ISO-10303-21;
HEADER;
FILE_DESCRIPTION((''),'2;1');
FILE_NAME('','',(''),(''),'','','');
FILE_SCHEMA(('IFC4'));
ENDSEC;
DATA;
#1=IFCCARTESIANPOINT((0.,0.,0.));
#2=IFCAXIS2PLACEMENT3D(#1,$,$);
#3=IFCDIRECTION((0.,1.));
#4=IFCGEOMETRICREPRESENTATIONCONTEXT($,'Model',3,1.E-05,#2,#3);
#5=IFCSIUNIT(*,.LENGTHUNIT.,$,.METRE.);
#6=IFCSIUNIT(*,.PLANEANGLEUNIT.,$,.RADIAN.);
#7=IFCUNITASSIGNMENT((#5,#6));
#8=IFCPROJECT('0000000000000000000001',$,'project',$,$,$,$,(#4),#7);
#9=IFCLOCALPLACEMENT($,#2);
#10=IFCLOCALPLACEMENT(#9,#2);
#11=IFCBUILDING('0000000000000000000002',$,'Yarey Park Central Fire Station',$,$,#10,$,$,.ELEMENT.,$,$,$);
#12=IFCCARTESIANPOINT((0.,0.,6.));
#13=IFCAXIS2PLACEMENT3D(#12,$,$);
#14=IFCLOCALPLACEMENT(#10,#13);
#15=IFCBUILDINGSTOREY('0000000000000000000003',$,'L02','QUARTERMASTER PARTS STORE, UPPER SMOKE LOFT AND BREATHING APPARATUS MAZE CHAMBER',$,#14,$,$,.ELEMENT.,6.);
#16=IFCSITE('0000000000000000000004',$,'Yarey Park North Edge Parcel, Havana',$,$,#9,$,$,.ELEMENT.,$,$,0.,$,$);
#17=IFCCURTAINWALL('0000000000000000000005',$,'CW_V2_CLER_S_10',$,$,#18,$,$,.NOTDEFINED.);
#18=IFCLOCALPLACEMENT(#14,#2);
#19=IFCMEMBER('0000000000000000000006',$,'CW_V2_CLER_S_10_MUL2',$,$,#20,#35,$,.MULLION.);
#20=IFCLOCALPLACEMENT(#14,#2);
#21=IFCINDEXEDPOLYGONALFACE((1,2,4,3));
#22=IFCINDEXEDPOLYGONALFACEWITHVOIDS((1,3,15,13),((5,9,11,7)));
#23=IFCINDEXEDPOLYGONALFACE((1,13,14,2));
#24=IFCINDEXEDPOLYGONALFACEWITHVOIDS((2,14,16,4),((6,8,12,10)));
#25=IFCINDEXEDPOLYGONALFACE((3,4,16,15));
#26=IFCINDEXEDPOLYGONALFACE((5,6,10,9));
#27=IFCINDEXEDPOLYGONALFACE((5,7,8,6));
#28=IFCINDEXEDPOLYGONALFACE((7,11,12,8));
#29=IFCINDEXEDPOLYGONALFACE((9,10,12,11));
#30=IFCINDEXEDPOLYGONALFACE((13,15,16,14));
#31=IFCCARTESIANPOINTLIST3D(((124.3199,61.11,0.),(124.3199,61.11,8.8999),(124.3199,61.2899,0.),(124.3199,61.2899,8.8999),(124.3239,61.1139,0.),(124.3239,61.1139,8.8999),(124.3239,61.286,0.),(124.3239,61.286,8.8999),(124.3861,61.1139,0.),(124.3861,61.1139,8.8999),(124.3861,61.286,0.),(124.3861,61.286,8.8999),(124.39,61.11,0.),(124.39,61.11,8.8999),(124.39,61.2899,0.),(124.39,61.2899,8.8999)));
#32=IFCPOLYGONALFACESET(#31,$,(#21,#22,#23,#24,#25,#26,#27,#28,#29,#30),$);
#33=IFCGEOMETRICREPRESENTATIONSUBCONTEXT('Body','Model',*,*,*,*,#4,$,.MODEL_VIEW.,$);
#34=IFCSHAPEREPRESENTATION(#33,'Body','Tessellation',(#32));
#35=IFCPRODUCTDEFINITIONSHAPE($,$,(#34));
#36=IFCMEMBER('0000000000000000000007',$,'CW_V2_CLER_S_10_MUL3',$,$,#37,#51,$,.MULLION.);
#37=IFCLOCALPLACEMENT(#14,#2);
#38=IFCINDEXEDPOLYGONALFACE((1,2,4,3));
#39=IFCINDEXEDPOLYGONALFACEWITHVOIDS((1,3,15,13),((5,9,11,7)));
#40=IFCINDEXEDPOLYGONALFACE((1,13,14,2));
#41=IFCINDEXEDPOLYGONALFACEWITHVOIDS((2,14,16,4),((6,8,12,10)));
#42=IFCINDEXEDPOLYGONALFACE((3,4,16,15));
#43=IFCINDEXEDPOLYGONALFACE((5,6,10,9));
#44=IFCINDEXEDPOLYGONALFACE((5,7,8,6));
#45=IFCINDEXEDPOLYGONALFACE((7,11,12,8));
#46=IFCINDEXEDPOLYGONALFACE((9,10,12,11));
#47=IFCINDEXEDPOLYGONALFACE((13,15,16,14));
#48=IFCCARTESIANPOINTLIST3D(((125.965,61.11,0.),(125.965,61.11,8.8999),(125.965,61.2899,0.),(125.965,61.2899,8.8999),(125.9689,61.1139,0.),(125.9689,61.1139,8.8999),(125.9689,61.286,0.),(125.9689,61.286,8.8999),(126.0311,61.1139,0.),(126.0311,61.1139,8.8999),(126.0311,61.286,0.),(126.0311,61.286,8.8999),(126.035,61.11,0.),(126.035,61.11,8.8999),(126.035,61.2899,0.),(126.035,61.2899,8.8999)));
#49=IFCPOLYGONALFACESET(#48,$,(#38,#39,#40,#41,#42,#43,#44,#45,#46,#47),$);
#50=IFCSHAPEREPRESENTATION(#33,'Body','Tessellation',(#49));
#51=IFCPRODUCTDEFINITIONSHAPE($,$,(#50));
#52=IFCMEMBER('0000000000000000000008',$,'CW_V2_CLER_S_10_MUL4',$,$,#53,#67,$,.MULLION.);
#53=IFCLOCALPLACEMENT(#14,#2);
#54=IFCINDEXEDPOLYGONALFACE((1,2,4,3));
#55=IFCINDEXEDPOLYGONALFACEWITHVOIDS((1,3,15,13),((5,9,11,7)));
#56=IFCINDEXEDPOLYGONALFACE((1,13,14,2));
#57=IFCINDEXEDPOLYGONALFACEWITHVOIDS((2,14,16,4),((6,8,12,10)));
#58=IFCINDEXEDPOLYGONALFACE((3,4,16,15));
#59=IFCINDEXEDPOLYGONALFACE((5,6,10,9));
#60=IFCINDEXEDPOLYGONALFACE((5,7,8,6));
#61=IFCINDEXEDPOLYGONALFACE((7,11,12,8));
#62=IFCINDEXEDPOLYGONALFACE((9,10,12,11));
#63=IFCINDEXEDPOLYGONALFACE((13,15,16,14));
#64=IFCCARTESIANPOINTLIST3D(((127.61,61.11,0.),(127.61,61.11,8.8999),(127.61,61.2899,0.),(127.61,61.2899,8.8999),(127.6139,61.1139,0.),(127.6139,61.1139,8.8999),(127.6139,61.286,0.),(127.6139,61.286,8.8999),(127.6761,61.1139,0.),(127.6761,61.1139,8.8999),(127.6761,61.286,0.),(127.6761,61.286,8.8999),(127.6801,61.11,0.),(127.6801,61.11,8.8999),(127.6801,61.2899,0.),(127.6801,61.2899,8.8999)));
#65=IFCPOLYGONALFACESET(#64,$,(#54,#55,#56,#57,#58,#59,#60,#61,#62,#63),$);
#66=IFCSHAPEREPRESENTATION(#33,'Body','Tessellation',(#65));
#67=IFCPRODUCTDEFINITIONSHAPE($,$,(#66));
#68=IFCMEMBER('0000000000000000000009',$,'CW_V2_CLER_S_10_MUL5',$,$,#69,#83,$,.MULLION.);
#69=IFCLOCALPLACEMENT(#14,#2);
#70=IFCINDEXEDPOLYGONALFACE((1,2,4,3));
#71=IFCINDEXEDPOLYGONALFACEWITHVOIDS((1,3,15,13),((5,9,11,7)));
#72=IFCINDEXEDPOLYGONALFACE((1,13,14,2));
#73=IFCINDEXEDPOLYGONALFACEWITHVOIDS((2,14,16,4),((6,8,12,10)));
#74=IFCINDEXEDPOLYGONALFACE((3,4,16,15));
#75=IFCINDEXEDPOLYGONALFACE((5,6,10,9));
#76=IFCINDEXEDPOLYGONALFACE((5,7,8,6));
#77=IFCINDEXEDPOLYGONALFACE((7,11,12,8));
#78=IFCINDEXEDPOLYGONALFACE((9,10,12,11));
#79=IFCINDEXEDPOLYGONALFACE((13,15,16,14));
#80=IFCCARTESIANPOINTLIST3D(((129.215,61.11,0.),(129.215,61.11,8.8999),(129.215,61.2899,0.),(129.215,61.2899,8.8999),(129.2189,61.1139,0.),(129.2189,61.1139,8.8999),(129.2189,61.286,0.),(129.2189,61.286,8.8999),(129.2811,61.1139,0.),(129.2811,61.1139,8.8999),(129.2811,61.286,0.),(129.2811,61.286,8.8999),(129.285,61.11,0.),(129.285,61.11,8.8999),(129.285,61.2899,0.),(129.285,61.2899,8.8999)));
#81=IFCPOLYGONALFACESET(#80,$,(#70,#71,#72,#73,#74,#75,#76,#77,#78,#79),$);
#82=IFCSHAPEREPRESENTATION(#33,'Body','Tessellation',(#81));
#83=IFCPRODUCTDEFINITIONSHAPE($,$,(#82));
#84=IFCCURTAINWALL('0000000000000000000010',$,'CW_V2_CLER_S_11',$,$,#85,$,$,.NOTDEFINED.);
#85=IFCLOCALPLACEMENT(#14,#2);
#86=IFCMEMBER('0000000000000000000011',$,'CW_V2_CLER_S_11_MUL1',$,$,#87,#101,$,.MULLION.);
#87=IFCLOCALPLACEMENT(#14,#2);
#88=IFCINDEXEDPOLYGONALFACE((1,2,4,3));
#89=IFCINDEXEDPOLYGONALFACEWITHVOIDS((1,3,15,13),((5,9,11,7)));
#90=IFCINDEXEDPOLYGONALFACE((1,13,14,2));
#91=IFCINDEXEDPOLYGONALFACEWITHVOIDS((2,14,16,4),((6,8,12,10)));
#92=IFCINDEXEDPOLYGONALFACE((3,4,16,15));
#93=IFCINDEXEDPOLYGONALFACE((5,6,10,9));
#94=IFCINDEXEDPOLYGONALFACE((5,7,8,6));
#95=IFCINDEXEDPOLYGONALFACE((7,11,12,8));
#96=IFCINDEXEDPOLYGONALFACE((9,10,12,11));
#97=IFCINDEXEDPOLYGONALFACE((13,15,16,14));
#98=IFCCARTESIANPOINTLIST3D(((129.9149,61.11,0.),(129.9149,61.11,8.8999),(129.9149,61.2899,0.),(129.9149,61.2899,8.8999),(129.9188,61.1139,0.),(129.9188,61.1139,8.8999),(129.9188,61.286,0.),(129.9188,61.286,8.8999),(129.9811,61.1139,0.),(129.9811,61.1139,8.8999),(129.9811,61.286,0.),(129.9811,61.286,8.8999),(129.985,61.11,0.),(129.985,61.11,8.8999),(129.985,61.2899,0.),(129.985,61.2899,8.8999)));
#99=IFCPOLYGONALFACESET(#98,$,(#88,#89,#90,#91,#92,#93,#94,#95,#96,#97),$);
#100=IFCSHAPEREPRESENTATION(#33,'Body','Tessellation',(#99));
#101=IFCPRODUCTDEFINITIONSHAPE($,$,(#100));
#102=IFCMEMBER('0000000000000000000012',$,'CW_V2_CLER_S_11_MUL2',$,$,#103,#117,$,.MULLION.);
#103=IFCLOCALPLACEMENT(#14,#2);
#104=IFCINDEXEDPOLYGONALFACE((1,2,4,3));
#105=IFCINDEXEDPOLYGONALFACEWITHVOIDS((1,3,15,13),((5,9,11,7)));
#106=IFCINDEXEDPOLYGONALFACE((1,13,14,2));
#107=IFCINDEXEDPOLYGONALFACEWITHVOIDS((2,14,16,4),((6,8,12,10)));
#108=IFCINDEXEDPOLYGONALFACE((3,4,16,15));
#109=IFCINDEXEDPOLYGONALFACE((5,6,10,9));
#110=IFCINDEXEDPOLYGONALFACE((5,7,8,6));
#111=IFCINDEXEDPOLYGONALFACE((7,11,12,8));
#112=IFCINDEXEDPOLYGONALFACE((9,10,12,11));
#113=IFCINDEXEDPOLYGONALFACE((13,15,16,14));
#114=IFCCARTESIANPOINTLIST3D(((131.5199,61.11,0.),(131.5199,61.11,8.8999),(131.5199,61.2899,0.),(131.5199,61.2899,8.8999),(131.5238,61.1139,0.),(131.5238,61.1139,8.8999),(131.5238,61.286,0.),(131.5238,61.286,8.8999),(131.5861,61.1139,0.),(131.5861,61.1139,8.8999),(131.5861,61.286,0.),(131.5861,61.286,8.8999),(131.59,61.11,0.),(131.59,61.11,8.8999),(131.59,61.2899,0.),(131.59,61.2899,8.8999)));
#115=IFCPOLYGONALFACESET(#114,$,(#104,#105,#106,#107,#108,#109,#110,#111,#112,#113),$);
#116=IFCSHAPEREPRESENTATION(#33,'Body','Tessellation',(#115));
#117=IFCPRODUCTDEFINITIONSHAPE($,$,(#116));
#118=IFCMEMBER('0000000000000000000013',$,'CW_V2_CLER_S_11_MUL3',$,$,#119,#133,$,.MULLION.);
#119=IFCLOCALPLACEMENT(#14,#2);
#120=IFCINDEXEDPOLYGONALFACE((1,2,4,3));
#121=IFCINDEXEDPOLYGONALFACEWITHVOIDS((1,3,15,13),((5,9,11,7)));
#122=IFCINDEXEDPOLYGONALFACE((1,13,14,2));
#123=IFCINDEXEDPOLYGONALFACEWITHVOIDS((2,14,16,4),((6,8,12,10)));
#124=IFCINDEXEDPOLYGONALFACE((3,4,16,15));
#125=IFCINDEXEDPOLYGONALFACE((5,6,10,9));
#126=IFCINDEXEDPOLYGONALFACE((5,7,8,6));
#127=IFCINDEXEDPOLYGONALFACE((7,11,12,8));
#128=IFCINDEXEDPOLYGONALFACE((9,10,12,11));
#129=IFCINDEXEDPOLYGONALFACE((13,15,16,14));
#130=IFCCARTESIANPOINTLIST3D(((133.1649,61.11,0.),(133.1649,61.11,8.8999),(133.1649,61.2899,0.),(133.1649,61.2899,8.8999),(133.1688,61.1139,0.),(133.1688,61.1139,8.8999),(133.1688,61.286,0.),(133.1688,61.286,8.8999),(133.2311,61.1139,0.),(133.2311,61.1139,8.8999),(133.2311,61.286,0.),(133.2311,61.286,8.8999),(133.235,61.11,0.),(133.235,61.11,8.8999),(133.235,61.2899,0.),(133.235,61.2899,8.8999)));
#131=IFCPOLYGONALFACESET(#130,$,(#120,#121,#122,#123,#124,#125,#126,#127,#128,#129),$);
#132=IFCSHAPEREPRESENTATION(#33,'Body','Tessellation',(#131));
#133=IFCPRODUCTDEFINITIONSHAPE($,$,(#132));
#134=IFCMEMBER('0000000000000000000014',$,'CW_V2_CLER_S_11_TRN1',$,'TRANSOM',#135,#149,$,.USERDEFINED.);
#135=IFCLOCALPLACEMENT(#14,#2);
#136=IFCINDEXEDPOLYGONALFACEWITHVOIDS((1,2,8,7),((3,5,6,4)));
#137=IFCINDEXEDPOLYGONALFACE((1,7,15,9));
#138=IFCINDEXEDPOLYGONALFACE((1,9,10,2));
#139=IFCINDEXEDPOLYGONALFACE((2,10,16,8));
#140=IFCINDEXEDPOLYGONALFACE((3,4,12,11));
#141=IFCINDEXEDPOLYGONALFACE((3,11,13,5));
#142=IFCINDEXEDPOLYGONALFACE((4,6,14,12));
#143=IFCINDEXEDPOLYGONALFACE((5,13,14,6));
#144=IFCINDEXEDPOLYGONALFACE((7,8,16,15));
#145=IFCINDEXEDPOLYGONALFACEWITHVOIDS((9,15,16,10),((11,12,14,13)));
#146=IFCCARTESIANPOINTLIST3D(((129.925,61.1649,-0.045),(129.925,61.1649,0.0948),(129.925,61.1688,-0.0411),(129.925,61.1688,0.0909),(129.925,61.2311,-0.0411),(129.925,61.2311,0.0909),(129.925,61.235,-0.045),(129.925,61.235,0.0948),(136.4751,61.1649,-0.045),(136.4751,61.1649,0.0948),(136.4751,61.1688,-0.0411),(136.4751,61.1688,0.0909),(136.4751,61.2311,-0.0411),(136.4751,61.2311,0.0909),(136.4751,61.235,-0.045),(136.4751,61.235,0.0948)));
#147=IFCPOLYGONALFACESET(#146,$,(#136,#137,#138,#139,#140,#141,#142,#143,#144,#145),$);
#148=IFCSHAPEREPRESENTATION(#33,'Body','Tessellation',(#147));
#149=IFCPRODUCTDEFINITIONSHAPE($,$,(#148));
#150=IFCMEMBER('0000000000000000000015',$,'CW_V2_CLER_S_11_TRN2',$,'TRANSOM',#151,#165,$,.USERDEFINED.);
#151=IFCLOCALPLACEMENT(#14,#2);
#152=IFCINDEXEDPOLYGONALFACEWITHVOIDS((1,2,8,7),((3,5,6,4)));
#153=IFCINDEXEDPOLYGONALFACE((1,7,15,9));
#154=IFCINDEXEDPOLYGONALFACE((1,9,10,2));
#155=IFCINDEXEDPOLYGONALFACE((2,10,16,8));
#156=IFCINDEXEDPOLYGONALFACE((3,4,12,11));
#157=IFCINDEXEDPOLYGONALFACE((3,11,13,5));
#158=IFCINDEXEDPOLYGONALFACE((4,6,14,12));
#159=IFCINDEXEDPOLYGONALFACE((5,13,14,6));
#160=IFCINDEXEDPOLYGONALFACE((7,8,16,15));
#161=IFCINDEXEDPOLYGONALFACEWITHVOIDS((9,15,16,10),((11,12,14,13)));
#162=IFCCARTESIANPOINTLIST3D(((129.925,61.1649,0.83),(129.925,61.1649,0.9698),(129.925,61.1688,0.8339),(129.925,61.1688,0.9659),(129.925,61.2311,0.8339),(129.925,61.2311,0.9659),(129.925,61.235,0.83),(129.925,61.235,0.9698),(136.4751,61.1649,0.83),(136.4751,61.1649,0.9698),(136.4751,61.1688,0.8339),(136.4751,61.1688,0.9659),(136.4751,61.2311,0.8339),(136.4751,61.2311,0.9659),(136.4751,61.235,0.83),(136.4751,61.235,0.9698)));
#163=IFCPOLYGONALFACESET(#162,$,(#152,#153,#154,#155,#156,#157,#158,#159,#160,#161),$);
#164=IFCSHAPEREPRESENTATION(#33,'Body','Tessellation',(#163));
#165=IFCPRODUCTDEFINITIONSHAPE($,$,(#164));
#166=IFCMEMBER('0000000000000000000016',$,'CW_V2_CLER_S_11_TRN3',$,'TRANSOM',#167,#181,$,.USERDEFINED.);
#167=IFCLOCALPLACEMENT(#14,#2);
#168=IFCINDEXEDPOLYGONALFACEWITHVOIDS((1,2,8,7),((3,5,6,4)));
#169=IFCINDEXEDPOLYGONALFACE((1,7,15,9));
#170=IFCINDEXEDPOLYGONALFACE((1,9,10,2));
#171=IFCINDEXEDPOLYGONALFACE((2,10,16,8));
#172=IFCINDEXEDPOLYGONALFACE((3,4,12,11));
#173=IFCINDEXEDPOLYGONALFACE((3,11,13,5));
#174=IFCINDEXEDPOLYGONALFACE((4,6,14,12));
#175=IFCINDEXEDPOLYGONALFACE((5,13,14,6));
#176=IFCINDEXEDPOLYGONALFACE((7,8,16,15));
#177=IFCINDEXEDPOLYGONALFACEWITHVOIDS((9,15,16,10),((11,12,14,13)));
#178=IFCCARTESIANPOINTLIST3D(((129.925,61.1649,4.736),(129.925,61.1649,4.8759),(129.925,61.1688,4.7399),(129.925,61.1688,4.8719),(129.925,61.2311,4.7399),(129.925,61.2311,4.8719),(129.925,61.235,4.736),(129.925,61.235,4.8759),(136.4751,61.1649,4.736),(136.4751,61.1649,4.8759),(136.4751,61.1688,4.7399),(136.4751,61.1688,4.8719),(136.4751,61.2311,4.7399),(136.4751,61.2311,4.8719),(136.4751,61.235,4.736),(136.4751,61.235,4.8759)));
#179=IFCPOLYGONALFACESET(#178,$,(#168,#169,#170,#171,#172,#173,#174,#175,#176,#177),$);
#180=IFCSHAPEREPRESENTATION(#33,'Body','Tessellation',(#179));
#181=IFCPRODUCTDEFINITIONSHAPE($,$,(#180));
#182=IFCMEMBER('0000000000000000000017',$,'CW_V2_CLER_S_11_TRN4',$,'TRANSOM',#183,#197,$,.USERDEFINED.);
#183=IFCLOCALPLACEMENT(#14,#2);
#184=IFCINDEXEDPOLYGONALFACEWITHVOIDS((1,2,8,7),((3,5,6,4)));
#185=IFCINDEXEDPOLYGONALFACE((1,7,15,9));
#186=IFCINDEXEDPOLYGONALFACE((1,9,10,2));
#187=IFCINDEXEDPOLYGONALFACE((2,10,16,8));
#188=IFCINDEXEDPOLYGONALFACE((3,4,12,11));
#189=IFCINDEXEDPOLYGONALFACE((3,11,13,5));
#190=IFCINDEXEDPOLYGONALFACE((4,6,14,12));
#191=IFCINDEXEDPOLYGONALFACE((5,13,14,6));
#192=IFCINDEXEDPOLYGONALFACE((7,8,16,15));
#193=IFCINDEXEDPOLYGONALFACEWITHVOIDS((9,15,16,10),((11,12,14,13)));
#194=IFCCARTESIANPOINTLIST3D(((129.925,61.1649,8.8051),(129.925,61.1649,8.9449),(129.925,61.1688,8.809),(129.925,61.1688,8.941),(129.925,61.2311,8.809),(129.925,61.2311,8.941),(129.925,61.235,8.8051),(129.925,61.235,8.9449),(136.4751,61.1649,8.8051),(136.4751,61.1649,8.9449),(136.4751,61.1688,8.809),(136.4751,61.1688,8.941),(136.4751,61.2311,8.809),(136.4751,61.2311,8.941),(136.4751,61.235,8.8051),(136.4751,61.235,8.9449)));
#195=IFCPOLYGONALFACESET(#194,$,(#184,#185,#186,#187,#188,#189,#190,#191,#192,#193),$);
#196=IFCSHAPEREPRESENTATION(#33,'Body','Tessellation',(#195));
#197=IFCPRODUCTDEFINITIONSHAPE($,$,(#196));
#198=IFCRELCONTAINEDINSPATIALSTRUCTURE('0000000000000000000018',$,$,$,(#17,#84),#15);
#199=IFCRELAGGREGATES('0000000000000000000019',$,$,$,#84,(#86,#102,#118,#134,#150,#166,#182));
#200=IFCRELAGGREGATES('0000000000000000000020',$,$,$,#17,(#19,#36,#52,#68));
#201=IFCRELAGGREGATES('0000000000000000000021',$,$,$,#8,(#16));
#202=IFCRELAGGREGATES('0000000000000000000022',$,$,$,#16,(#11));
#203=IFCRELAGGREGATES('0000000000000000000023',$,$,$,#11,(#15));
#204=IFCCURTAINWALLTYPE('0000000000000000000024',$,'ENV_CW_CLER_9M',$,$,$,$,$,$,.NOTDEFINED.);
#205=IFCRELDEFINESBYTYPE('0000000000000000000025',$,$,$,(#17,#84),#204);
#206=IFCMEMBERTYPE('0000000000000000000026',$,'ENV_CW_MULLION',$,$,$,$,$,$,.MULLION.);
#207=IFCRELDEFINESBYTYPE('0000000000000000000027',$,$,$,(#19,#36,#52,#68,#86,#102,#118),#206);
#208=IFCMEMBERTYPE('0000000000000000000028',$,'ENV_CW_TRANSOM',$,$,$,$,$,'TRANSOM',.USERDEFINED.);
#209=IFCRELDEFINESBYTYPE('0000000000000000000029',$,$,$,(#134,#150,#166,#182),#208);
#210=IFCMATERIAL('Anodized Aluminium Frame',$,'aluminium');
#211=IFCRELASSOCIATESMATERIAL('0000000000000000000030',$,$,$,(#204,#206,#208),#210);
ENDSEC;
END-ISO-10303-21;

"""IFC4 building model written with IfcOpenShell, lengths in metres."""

from ifc_helpers import new_model, si_unit, direction, frame, origin, origin_2d, place, context, subcontext, project, spatial, hollow_rectangle, extrude, material, material_profile, profile_set, type_object, element, aggregate, save


model = new_model("IFC4")

# Units and contexts
model_context = context("Model", 3, precision=1e-05, world=origin(), true_north=direction((0.0, 1.0)))
body_context = subcontext(model_context, "Body", "Model", "MODEL_VIEW")
ifc_project = project(units=[si_unit("LENGTHUNIT", "METRE"), si_unit("PLANEANGLEUNIT", "RADIAN")], contexts=[model_context])

# Site, building, storey
site_placement = place(None, origin())
site = spatial("IfcSite", under=ifc_project, at=site_placement, Name="Yarey Park North Edge Parcel, Havana", CompositionType="ELEMENT", RefElevation=0.0)
building_placement = place(site_placement, origin())
building = spatial("IfcBuilding", under=site, at=building_placement, Name="Yarey Park Central Fire Station", CompositionType="ELEMENT")
storey_placement = place(building_placement, frame((0.0, 0.0, 6.0)))
storey = spatial("IfcBuildingStorey", under=building, at=storey_placement, Name="L02", Description="QUARTERMASTER PARTS STORE, UPPER SMOKE LOFT AND BREATHING APPARATUS MAZE CHAMBER", CompositionType="ELEMENT", Elevation=6.0)

# Curtain walls, members
ifc_material_1 = material(Name="Anodized Aluminium Frame", Category="aluminium")
curtain_wall_type = type_object("IfcCurtainWallType", Name="ENV_CW_CLER_9M", PredefinedType="NOTDEFINED", material=ifc_material_1)
curtain_wall_1_placement = place(storey_placement, origin())
curtain_wall_1 = element("IfcCurtainWall", 1, at=curtain_wall_1_placement, inside=storey, type_object=curtain_wall_type, Name="CW_V2_CLER_S_10", PredefinedType="NOTDEFINED")
ifc_material_profile_1 = material_profile(ifc_material_1, hollow_rectangle(XDim=0.0701, YDim=0.1799, WallThickness=0.0039, at=origin_2d()), Name="ALU 180x70x4")
ifc_profile_set_1 = profile_set([ifc_material_profile_1], Name="Anodized Aluminium Frame")
member_type_1 = type_object("IfcMemberType", Name="ENV_CW_MULLION", PredefinedType="MULLION", material=ifc_profile_set_1)
member_1_placement = place(storey_placement, frame((124.355, 61.2, 0.0), z_axis=(0.0, 0.0, 1.0), x_axis=(1.0, 0.0, 0.0)))
member_1 = element("IfcMember", 2, at=member_1_placement, type_object=member_type_1, Name="CW_V2_CLER_S_10_MUL2", PredefinedType="MULLION", context=body_context, shape_type="SweptSolid", body=[
    extrude(hollow_rectangle(XDim=0.0701, YDim=0.1799, WallThickness=0.0039, at=origin_2d()), origin(), (0.0, 0.0, 1.0), 8.8999),
])
member_2_placement = place(storey_placement, frame((126.0, 61.2, 0.0), z_axis=(0.0, 0.0, 1.0), x_axis=(1.0, 0.0, 0.0)))
member_2 = element("IfcMember", 3, at=member_2_placement, type_object=member_type_1, Name="CW_V2_CLER_S_10_MUL3", PredefinedType="MULLION", context=body_context, shape_type="SweptSolid", body=[
    extrude(hollow_rectangle(XDim=0.0701, YDim=0.1799, WallThickness=0.0039, at=origin_2d()), origin(), (0.0, 0.0, 1.0), 8.8999),
])
member_3_placement = place(storey_placement, frame((127.645, 61.2, 0.0), z_axis=(0.0, 0.0, 1.0), x_axis=(1.0, 0.0, 0.0)))
member_3 = element("IfcMember", 4, at=member_3_placement, type_object=member_type_1, Name="CW_V2_CLER_S_10_MUL4", PredefinedType="MULLION", context=body_context, shape_type="SweptSolid", body=[
    extrude(hollow_rectangle(XDim=0.0701, YDim=0.1799, WallThickness=0.0039, at=origin_2d()), origin(), (0.0, 0.0, 1.0), 8.8999),
])
member_4_placement = place(storey_placement, frame((129.25, 61.2, 0.0), z_axis=(0.0, 0.0, 1.0), x_axis=(1.0, 0.0, 0.0)))
member_4 = element("IfcMember", 5, at=member_4_placement, type_object=member_type_1, Name="CW_V2_CLER_S_10_MUL5", PredefinedType="MULLION", context=body_context, shape_type="SweptSolid", body=[
    extrude(hollow_rectangle(XDim=0.0701, YDim=0.1799, WallThickness=0.0039, at=origin_2d()), origin(), (0.0, 0.0, 1.0), 8.8999),
])
curtain_wall_2_placement = place(storey_placement, origin())
curtain_wall_2 = element("IfcCurtainWall", 6, at=curtain_wall_2_placement, inside=storey, type_object=curtain_wall_type, Name="CW_V2_CLER_S_11", PredefinedType="NOTDEFINED")
member_5_placement = place(storey_placement, frame((129.95, 61.2, 0.0), z_axis=(0.0, 0.0, 1.0), x_axis=(1.0, 0.0, 0.0)))
member_5 = element("IfcMember", 7, at=member_5_placement, type_object=member_type_1, Name="CW_V2_CLER_S_11_MUL1", PredefinedType="MULLION", context=body_context, shape_type="SweptSolid", body=[
    extrude(hollow_rectangle(XDim=0.0701, YDim=0.1799, WallThickness=0.0039, at=origin_2d()), origin(), (0.0, 0.0, 1.0), 8.8999),
])
member_6_placement = place(storey_placement, frame((131.5549, 61.2, 0.0), z_axis=(0.0, 0.0, 1.0), x_axis=(1.0, 0.0, 0.0)))
member_6 = element("IfcMember", 8, at=member_6_placement, type_object=member_type_1, Name="CW_V2_CLER_S_11_MUL2", PredefinedType="MULLION", context=body_context, shape_type="SweptSolid", body=[
    extrude(hollow_rectangle(XDim=0.0701, YDim=0.1799, WallThickness=0.0039, at=origin_2d()), origin(), (0.0, 0.0, 1.0), 8.8999),
])
member_7_placement = place(storey_placement, frame((133.2, 61.2, 0.0), z_axis=(0.0, 0.0, 1.0), x_axis=(1.0, 0.0, 0.0)))
member_7 = element("IfcMember", 9, at=member_7_placement, type_object=member_type_1, Name="CW_V2_CLER_S_11_MUL3", PredefinedType="MULLION", context=body_context, shape_type="SweptSolid", body=[
    extrude(hollow_rectangle(XDim=0.0701, YDim=0.1799, WallThickness=0.0039, at=origin_2d()), origin(), (0.0, 0.0, 1.0), 8.8999),
])
ifc_material_profile_2 = material_profile(ifc_material_1, hollow_rectangle(XDim=0.0701, YDim=0.1399, WallThickness=0.0039, at=origin_2d()), Name="ALU 140x70x4")
ifc_profile_set_2 = profile_set([ifc_material_profile_2], Name="Anodized Aluminium Frame")
member_type_2 = type_object("IfcMemberType", Name="ENV_CW_TRANSOM", ElementType="TRANSOM", PredefinedType="USERDEFINED", material=ifc_profile_set_2)
member_8_placement = place(storey_placement, frame((129.925, 61.2, 0.0249), z_axis=(1.0, 0.0, 0.0), x_axis=(0.0, 1.0, 0.0)))
member_8 = element("IfcMember", 10, at=member_8_placement, type_object=member_type_2, Name="CW_V2_CLER_S_11_TRN1", ObjectType="TRANSOM", PredefinedType="USERDEFINED", context=body_context, shape_type="SweptSolid", body=[
    extrude(hollow_rectangle(XDim=0.0701, YDim=0.1399, WallThickness=0.0039, at=origin_2d()), origin(), (0.0, 0.0, 1.0), 6.55),
])
member_9_placement = place(storey_placement, frame((129.925, 61.2, 0.8999), z_axis=(1.0, 0.0, 0.0), x_axis=(0.0, 1.0, 0.0)))
member_9 = element("IfcMember", 11, at=member_9_placement, type_object=member_type_2, Name="CW_V2_CLER_S_11_TRN2", ObjectType="TRANSOM", PredefinedType="USERDEFINED", context=body_context, shape_type="SweptSolid", body=[
    extrude(hollow_rectangle(XDim=0.0701, YDim=0.1399, WallThickness=0.0039, at=origin_2d()), origin(), (0.0, 0.0, 1.0), 6.55),
])
member_10_placement = place(storey_placement, frame((129.925, 61.2, 4.8059), z_axis=(1.0, 0.0, 0.0), x_axis=(0.0, 1.0, 0.0)))
member_10 = element("IfcMember", 12, at=member_10_placement, type_object=member_type_2, Name="CW_V2_CLER_S_11_TRN3", ObjectType="TRANSOM", PredefinedType="USERDEFINED", context=body_context, shape_type="SweptSolid", body=[
    extrude(hollow_rectangle(XDim=0.0701, YDim=0.1399, WallThickness=0.0039, at=origin_2d()), origin(), (0.0, 0.0, 1.0), 6.55),
])
member_11_placement = place(storey_placement, frame((129.925, 61.2, 8.875), z_axis=(1.0, 0.0, 0.0), x_axis=(0.0, 1.0, 0.0)))
member_11 = element("IfcMember", 13, at=member_11_placement, type_object=member_type_2, Name="CW_V2_CLER_S_11_TRN4", ObjectType="TRANSOM", PredefinedType="USERDEFINED", context=body_context, shape_type="SweptSolid", body=[
    extrude(hollow_rectangle(XDim=0.0701, YDim=0.1399, WallThickness=0.0039, at=origin_2d()), origin(), (0.0, 0.0, 1.0), 6.55),
])

aggregate(curtain_wall_2, [member_5, member_6, member_7, member_8, member_9, member_10, member_11])
aggregate(curtain_wall_1, [member_1, member_2, member_3, member_4])

save(model, "model.ifc")
